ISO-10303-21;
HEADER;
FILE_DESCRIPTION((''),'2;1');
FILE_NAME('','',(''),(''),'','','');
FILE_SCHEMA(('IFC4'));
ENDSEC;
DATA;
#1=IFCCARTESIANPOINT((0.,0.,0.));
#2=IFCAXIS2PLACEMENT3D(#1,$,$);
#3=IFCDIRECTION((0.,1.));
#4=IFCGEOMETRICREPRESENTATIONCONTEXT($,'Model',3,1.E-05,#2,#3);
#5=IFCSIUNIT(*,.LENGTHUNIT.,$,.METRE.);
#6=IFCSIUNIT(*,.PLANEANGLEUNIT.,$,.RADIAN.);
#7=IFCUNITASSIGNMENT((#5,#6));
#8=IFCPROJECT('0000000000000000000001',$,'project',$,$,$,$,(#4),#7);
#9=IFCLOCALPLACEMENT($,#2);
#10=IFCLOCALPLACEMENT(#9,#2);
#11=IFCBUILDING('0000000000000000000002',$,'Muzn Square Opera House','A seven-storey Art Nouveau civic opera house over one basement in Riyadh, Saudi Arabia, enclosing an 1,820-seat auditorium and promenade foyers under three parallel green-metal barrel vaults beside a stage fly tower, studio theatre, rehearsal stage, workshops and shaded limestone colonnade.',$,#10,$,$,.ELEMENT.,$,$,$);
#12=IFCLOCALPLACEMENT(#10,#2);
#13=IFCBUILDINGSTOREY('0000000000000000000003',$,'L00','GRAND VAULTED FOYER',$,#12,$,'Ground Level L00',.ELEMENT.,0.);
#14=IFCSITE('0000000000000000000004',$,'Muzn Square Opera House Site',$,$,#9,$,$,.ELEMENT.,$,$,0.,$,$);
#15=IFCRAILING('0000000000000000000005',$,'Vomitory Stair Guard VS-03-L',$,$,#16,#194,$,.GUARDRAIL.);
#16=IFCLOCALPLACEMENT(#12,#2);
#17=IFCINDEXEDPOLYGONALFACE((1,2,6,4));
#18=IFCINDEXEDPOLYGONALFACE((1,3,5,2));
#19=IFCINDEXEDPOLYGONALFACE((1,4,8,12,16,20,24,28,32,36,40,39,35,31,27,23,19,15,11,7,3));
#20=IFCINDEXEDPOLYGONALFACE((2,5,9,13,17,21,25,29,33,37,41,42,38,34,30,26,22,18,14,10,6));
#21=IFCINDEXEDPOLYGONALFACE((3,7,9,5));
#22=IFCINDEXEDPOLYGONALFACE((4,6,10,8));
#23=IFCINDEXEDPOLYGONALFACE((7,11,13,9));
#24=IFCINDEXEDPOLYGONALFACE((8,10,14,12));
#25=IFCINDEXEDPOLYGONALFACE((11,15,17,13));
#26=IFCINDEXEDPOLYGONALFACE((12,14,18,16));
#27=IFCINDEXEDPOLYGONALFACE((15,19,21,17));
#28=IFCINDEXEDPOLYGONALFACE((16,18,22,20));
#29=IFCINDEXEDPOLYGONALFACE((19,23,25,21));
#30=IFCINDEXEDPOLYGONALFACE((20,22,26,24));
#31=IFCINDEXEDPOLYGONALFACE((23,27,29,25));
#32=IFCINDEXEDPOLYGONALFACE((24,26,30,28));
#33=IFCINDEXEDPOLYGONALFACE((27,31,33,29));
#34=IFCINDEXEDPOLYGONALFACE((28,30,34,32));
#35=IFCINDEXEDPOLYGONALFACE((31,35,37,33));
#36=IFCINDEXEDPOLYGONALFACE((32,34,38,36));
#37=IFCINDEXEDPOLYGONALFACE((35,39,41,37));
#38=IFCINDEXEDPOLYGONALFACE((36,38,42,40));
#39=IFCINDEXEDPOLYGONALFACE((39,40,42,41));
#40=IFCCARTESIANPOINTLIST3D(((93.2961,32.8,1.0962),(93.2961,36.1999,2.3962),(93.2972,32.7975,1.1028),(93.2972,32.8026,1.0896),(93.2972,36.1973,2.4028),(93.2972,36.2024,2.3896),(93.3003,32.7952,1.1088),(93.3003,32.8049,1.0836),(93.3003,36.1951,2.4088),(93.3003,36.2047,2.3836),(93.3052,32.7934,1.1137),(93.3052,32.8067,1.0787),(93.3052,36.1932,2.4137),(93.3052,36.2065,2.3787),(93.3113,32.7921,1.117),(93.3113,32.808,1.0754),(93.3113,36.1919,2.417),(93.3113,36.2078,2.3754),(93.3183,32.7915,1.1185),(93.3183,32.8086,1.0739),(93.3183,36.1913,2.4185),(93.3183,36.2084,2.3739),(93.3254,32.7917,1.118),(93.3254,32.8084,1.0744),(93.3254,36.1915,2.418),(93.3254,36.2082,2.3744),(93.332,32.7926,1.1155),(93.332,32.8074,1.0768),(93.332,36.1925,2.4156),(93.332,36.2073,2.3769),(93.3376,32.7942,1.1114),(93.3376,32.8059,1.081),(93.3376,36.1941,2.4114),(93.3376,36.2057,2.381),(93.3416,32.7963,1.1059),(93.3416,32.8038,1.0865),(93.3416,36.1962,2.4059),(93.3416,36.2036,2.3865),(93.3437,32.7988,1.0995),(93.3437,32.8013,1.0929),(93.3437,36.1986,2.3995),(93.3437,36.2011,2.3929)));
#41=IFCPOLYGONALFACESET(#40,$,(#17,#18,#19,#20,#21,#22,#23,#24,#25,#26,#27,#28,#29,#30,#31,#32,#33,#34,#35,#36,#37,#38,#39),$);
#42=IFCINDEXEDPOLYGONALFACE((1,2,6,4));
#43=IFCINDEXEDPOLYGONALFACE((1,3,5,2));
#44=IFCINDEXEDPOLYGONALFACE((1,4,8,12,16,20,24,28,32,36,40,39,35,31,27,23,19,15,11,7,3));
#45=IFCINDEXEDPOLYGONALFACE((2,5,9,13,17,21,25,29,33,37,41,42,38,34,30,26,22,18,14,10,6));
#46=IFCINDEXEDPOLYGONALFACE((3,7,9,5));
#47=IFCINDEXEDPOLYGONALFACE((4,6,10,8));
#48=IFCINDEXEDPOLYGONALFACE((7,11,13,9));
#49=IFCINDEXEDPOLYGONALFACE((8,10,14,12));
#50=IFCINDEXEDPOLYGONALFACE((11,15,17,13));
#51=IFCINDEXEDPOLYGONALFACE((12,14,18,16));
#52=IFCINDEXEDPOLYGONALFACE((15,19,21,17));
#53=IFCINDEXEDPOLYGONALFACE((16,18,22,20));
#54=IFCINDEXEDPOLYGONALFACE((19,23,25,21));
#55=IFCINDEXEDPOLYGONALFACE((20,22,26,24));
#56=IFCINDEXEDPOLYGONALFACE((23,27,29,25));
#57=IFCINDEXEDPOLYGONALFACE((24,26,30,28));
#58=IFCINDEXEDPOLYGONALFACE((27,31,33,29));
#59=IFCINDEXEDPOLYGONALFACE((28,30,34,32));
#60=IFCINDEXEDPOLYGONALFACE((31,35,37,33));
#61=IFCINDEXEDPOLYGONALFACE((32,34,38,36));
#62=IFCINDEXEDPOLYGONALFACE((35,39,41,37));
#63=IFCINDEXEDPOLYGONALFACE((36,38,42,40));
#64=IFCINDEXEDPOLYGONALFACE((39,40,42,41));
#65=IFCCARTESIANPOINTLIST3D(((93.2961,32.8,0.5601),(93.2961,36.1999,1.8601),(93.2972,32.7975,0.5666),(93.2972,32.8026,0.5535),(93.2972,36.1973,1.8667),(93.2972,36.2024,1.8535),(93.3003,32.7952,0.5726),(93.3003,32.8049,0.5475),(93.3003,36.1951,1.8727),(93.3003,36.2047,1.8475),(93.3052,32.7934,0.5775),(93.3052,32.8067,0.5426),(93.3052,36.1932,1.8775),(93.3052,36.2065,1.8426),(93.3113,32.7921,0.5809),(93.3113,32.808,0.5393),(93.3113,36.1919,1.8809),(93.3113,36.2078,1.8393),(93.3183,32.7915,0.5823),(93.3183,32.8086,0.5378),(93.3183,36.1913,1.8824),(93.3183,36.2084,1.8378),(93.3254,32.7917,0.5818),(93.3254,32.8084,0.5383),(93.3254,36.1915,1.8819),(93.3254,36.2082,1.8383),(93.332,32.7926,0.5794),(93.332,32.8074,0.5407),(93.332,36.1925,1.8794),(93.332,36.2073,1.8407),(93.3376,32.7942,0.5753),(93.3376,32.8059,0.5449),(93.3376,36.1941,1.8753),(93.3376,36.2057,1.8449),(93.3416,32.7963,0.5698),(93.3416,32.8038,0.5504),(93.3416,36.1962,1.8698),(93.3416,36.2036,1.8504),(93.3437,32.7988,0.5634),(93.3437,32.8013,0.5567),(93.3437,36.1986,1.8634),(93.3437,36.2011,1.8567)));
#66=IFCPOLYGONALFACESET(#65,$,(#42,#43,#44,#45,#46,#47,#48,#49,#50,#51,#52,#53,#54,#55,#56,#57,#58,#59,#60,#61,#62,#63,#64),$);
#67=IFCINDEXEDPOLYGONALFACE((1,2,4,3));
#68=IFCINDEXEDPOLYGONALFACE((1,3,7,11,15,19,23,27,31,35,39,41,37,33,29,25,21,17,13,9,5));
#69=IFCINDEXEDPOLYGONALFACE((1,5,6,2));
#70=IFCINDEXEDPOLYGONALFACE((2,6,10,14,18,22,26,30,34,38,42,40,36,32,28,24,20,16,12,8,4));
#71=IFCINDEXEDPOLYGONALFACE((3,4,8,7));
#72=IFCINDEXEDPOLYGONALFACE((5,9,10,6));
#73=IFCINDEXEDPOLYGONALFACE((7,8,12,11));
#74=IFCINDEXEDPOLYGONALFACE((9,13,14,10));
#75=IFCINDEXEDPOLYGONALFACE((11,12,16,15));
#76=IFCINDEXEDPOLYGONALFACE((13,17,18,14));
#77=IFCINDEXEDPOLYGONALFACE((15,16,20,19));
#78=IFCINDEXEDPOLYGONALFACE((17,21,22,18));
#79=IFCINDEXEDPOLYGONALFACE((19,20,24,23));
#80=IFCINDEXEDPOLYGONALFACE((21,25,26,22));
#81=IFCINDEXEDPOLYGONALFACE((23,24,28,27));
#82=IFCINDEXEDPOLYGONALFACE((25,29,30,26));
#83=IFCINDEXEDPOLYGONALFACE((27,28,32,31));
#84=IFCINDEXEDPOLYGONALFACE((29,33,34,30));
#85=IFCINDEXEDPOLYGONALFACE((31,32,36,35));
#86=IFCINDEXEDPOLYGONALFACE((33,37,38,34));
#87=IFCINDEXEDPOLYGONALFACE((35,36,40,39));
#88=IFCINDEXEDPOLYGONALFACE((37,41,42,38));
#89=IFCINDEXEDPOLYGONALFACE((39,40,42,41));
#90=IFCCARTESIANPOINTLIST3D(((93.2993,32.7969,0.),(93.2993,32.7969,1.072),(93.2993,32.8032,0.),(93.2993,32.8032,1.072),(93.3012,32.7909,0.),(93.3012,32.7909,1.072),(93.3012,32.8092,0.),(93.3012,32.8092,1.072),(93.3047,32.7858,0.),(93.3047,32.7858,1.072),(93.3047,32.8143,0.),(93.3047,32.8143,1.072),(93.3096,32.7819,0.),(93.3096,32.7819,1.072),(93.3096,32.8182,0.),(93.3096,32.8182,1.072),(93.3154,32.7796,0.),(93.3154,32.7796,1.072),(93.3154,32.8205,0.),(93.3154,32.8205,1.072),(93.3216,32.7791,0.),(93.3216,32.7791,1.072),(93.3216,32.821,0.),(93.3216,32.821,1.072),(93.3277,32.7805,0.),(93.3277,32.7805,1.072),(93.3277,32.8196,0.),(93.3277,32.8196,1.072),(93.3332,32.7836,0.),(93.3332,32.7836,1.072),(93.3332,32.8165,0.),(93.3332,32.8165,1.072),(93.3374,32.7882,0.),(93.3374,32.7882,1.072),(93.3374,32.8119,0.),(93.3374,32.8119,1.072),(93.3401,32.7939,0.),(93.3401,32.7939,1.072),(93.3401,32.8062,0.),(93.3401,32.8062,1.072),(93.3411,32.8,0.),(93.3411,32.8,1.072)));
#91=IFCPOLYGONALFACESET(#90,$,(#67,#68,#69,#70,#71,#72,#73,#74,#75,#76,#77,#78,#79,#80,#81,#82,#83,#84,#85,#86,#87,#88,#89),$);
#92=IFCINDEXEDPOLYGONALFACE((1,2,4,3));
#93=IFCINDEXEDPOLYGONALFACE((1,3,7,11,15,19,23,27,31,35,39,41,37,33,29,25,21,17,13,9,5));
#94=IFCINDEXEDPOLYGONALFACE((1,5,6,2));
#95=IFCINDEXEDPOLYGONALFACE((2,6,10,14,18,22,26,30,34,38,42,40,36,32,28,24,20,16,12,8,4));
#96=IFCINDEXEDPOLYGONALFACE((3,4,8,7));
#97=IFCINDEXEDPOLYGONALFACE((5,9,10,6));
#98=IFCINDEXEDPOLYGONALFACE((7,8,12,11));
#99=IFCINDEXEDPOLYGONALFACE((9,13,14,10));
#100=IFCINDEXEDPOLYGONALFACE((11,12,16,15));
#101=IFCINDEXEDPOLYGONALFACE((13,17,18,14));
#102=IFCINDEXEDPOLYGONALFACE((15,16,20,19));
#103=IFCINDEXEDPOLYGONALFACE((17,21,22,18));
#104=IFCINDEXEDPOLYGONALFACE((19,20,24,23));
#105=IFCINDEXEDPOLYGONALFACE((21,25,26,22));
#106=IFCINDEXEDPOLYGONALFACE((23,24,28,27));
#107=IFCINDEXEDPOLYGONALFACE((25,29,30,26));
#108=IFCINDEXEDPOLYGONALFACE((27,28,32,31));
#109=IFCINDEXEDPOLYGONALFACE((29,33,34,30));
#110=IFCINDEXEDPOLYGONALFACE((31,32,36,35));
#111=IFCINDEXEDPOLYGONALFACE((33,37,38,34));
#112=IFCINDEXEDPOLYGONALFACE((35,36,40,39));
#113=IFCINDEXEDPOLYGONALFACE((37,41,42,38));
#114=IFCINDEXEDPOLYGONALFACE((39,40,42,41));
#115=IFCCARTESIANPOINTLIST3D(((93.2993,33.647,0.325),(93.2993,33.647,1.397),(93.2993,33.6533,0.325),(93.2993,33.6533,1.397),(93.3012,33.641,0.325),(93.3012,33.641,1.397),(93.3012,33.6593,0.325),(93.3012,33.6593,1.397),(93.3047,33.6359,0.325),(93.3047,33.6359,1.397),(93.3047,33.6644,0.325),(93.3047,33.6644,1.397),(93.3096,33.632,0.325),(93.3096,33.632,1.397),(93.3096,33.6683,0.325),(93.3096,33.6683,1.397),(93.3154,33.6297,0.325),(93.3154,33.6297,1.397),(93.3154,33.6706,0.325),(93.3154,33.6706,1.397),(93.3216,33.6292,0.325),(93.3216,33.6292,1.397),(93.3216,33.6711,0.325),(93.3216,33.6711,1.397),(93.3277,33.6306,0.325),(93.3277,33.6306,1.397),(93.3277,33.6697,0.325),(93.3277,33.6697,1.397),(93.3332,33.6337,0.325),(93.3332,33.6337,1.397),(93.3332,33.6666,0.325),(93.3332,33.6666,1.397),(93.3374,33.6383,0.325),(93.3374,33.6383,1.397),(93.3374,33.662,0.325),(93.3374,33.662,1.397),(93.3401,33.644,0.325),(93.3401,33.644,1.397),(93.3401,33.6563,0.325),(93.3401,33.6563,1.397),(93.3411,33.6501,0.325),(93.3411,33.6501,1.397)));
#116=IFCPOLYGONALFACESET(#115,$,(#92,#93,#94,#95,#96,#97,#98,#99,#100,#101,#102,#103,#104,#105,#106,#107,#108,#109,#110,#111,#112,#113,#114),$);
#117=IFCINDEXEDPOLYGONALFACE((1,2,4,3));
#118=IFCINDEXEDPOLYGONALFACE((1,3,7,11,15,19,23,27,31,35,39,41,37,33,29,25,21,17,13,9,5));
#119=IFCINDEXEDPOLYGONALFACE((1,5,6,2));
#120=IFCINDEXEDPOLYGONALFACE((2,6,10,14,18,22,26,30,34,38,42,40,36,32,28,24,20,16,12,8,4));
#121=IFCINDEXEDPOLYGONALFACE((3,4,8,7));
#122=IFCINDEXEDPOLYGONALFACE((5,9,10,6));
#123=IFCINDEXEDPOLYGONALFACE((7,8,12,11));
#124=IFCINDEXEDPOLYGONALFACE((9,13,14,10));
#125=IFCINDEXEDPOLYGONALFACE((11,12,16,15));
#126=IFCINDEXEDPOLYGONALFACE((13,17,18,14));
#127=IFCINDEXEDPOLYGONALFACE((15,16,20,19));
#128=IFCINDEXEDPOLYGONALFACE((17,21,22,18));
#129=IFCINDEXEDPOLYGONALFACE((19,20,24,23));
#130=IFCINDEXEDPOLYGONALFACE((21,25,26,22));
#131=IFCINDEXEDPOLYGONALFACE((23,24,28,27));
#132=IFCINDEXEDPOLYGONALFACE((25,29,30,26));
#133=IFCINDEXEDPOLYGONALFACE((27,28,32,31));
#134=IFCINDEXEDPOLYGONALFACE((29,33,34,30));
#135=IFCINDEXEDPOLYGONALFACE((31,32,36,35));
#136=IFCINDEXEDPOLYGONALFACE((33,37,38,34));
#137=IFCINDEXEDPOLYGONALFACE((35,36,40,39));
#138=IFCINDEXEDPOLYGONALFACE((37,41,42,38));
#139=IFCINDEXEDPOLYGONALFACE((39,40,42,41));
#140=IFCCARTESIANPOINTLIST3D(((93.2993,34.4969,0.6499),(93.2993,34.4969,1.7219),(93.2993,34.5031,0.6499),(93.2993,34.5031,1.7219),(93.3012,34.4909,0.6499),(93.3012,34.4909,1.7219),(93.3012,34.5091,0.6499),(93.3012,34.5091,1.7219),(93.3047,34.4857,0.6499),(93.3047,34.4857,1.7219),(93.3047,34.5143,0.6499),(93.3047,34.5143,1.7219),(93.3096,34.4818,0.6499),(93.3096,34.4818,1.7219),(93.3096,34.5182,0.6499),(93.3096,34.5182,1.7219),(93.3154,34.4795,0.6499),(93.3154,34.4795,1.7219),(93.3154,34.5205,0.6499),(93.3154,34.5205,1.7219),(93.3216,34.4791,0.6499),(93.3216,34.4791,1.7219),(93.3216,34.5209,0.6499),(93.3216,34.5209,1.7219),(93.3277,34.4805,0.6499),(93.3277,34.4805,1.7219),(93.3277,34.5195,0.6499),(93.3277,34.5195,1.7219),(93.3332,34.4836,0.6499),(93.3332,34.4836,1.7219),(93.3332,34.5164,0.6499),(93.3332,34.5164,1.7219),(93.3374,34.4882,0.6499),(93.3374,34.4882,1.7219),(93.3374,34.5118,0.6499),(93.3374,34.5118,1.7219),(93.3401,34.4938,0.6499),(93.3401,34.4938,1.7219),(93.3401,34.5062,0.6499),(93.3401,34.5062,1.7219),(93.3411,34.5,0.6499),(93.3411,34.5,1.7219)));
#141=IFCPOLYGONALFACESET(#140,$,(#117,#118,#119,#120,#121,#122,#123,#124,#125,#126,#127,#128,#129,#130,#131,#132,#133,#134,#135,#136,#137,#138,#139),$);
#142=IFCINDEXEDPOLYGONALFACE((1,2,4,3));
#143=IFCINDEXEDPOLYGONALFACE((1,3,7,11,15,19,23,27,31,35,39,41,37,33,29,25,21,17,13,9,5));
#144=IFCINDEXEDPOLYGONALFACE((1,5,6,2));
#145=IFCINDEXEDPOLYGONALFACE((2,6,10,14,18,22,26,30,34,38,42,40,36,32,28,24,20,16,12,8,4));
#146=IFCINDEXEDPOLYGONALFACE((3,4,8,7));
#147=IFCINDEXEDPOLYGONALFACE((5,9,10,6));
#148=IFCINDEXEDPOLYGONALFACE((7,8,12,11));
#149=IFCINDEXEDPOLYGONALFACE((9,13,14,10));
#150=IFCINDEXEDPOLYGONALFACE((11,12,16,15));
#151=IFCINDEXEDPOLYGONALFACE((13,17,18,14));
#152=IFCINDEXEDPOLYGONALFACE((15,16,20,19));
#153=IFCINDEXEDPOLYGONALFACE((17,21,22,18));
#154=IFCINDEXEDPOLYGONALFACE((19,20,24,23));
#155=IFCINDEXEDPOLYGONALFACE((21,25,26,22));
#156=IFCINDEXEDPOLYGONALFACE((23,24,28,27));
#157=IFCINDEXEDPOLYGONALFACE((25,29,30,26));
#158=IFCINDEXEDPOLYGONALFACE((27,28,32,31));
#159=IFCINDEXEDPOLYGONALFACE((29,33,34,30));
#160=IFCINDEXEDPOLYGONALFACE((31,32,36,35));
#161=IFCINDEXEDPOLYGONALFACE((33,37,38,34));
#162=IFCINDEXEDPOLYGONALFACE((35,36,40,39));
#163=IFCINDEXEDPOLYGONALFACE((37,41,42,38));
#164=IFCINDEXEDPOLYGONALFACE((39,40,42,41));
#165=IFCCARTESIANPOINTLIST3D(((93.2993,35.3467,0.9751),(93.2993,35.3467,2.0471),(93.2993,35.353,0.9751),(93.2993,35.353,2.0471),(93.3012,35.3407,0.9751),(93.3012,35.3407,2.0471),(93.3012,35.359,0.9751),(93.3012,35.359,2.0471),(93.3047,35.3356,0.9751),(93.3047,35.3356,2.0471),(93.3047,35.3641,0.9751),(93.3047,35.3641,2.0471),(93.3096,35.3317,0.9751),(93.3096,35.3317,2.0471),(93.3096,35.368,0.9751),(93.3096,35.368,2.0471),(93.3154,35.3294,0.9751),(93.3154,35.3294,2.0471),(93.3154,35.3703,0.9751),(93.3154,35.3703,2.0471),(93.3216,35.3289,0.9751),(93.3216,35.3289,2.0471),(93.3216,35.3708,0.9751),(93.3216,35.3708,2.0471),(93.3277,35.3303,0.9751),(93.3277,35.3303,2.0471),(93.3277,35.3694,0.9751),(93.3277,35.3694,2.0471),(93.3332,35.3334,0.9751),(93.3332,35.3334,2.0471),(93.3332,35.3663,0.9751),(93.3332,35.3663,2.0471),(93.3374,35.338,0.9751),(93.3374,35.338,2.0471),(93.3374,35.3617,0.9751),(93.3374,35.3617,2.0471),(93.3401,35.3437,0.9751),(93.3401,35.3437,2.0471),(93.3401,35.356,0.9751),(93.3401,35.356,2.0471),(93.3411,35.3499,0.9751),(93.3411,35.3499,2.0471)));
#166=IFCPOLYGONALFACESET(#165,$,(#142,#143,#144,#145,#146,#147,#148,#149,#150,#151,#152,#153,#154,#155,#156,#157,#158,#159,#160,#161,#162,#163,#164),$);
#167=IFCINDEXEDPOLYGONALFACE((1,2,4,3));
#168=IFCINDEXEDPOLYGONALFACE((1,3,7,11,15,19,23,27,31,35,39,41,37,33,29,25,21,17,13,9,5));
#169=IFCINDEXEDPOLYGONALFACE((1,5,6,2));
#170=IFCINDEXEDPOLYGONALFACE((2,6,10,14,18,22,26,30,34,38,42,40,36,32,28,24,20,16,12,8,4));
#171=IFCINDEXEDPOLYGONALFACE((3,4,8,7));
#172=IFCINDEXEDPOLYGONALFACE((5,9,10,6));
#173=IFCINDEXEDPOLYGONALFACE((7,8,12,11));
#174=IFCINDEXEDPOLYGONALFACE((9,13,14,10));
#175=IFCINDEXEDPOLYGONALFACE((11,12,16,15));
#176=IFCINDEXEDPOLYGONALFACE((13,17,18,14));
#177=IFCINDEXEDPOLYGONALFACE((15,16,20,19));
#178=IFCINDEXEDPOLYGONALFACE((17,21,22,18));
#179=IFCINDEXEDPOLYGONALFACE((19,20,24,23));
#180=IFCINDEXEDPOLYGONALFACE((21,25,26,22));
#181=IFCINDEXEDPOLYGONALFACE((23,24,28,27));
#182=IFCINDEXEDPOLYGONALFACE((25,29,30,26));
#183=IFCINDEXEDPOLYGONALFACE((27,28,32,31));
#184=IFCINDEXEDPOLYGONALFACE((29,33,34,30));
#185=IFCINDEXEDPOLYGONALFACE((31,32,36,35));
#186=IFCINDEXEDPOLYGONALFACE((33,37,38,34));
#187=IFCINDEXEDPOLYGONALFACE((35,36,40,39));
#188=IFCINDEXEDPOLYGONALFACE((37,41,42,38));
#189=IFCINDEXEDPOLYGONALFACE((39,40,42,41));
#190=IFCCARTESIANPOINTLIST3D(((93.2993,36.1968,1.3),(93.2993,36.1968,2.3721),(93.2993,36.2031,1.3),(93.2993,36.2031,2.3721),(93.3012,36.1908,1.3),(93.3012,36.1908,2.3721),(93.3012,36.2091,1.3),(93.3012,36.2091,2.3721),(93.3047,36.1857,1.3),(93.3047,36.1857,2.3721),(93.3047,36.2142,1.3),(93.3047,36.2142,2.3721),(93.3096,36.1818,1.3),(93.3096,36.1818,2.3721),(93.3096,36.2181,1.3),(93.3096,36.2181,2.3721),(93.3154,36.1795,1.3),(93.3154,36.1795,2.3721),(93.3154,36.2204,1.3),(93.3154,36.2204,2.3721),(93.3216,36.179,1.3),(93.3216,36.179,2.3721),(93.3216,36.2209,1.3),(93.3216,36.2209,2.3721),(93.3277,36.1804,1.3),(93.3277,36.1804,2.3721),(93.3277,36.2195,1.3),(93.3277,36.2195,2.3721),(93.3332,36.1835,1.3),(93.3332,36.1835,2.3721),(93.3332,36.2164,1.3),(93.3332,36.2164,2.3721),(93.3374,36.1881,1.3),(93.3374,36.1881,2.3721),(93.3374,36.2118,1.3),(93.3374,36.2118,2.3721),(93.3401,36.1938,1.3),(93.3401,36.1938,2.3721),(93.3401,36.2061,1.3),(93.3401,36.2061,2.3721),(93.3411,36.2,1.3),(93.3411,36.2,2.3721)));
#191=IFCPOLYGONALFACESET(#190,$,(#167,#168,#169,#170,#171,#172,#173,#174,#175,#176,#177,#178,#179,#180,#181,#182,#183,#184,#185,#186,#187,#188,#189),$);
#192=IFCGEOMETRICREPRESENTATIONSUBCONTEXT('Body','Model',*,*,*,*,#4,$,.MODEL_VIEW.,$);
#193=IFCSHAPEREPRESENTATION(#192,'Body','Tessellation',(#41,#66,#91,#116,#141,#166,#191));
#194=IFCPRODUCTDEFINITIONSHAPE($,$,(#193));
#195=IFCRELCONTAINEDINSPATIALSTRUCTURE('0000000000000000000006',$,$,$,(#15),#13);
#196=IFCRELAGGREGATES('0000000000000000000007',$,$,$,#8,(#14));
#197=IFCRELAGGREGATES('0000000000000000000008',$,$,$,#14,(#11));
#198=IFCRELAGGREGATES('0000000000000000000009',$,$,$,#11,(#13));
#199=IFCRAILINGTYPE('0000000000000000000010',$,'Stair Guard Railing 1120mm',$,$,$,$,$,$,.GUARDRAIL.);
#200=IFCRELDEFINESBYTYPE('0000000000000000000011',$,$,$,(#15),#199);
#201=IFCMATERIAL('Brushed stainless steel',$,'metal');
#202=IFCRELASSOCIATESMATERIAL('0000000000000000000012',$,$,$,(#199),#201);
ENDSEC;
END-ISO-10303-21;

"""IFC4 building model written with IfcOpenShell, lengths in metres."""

from ifc_helpers import new_model, si_unit, direction, frame, origin, origin_2d, place, context, subcontext, project, spatial, circle, extrude, material, type_object, element, save


model = new_model("IFC4")

# Units and contexts
model_context = context("Model", 3, precision=1e-05, world=origin(), true_north=direction((0.0, 1.0)))
body_context = subcontext(model_context, "Body", "Model", "MODEL_VIEW")
ifc_project = project(units=[si_unit("LENGTHUNIT", "METRE"), si_unit("PLANEANGLEUNIT", "RADIAN")], contexts=[model_context])

# Site, building, storey
site_placement = place(None, origin())
site = spatial("IfcSite", under=ifc_project, at=site_placement, Name="Muzn Square Opera House Site", CompositionType="ELEMENT", RefElevation=0.0)
building_placement = place(site_placement, origin())
building = spatial("IfcBuilding", under=site, at=building_placement, Name="Muzn Square Opera House", Description="A seven-storey Art Nouveau civic opera house over one basement in Riyadh, Saudi Arabia, enclosing an 1,820-seat auditorium and promenade foyers under three parallel green-metal barrel vaults beside a stage fly tower, studio theatre, rehearsal stage, workshops and shaded limestone colonnade.", CompositionType="ELEMENT")
storey_placement = place(building_placement, origin())
storey = spatial("IfcBuildingStorey", under=building, at=storey_placement, Name="L00", Description="GRAND VAULTED FOYER", LongName="Ground Level L00", CompositionType="ELEMENT", Elevation=0.0)

# Railing
ifc_material_1 = material(Name="Brushed stainless steel", Category="metal")
railing_type_1 = type_object("IfcRailingType", Name="Stair Guard Railing 1120mm", PredefinedType="GUARDRAIL", material=ifc_material_1)
for number, where, name in (
    (1, (93.3201, 32.8, 0.0), "Vomitory Stair Guard VS-03-L"),
):
    element("IfcRailing", number, at=place(storey_placement, frame(where)), inside=storey, type_object=railing_type_1, Name=name, PredefinedType="GUARDRAIL", context=body_context, shape_type="SweptSolid", body=[
        extrude(circle(Radius=0.0239, at=origin_2d()), frame((0.0, 0.0, 1.0962), z_axis=(0.0, 0.934044, 0.357158), x_axis=(-1.0, 0.0, 0.0)), (0.0, 0.0, 1.0), 3.6399),
        extrude(circle(Radius=0.0239, at=origin_2d()), frame((0.0, 0.0, 0.5601), z_axis=(0.0, 0.934044, 0.357158), x_axis=(-1.0, 0.0, 0.0)), (0.0, 0.0, 1.0), 3.6399),
        extrude(circle(Radius=0.021, at=origin_2d()), origin(), (0.0, 0.0, 1.0), 1.072),
        extrude(circle(Radius=0.021, at=origin_2d()), frame((0.0, 0.8501, 0.325)), (0.0, 0.0, 1.0), 1.072),
        extrude(circle(Radius=0.021, at=origin_2d()), frame((0.0, 1.7, 0.6499)), (0.0, 0.0, 1.0), 1.072),
        extrude(circle(Radius=0.021, at=origin_2d()), frame((0.0, 2.5498, 0.9751)), (0.0, 0.0, 1.0), 1.072),
        extrude(circle(Radius=0.021, at=origin_2d()), frame((0.0, 3.3999, 1.3)), (0.0, 0.0, 1.0), 1.072),
    ])

save(model, "model.ifc")
